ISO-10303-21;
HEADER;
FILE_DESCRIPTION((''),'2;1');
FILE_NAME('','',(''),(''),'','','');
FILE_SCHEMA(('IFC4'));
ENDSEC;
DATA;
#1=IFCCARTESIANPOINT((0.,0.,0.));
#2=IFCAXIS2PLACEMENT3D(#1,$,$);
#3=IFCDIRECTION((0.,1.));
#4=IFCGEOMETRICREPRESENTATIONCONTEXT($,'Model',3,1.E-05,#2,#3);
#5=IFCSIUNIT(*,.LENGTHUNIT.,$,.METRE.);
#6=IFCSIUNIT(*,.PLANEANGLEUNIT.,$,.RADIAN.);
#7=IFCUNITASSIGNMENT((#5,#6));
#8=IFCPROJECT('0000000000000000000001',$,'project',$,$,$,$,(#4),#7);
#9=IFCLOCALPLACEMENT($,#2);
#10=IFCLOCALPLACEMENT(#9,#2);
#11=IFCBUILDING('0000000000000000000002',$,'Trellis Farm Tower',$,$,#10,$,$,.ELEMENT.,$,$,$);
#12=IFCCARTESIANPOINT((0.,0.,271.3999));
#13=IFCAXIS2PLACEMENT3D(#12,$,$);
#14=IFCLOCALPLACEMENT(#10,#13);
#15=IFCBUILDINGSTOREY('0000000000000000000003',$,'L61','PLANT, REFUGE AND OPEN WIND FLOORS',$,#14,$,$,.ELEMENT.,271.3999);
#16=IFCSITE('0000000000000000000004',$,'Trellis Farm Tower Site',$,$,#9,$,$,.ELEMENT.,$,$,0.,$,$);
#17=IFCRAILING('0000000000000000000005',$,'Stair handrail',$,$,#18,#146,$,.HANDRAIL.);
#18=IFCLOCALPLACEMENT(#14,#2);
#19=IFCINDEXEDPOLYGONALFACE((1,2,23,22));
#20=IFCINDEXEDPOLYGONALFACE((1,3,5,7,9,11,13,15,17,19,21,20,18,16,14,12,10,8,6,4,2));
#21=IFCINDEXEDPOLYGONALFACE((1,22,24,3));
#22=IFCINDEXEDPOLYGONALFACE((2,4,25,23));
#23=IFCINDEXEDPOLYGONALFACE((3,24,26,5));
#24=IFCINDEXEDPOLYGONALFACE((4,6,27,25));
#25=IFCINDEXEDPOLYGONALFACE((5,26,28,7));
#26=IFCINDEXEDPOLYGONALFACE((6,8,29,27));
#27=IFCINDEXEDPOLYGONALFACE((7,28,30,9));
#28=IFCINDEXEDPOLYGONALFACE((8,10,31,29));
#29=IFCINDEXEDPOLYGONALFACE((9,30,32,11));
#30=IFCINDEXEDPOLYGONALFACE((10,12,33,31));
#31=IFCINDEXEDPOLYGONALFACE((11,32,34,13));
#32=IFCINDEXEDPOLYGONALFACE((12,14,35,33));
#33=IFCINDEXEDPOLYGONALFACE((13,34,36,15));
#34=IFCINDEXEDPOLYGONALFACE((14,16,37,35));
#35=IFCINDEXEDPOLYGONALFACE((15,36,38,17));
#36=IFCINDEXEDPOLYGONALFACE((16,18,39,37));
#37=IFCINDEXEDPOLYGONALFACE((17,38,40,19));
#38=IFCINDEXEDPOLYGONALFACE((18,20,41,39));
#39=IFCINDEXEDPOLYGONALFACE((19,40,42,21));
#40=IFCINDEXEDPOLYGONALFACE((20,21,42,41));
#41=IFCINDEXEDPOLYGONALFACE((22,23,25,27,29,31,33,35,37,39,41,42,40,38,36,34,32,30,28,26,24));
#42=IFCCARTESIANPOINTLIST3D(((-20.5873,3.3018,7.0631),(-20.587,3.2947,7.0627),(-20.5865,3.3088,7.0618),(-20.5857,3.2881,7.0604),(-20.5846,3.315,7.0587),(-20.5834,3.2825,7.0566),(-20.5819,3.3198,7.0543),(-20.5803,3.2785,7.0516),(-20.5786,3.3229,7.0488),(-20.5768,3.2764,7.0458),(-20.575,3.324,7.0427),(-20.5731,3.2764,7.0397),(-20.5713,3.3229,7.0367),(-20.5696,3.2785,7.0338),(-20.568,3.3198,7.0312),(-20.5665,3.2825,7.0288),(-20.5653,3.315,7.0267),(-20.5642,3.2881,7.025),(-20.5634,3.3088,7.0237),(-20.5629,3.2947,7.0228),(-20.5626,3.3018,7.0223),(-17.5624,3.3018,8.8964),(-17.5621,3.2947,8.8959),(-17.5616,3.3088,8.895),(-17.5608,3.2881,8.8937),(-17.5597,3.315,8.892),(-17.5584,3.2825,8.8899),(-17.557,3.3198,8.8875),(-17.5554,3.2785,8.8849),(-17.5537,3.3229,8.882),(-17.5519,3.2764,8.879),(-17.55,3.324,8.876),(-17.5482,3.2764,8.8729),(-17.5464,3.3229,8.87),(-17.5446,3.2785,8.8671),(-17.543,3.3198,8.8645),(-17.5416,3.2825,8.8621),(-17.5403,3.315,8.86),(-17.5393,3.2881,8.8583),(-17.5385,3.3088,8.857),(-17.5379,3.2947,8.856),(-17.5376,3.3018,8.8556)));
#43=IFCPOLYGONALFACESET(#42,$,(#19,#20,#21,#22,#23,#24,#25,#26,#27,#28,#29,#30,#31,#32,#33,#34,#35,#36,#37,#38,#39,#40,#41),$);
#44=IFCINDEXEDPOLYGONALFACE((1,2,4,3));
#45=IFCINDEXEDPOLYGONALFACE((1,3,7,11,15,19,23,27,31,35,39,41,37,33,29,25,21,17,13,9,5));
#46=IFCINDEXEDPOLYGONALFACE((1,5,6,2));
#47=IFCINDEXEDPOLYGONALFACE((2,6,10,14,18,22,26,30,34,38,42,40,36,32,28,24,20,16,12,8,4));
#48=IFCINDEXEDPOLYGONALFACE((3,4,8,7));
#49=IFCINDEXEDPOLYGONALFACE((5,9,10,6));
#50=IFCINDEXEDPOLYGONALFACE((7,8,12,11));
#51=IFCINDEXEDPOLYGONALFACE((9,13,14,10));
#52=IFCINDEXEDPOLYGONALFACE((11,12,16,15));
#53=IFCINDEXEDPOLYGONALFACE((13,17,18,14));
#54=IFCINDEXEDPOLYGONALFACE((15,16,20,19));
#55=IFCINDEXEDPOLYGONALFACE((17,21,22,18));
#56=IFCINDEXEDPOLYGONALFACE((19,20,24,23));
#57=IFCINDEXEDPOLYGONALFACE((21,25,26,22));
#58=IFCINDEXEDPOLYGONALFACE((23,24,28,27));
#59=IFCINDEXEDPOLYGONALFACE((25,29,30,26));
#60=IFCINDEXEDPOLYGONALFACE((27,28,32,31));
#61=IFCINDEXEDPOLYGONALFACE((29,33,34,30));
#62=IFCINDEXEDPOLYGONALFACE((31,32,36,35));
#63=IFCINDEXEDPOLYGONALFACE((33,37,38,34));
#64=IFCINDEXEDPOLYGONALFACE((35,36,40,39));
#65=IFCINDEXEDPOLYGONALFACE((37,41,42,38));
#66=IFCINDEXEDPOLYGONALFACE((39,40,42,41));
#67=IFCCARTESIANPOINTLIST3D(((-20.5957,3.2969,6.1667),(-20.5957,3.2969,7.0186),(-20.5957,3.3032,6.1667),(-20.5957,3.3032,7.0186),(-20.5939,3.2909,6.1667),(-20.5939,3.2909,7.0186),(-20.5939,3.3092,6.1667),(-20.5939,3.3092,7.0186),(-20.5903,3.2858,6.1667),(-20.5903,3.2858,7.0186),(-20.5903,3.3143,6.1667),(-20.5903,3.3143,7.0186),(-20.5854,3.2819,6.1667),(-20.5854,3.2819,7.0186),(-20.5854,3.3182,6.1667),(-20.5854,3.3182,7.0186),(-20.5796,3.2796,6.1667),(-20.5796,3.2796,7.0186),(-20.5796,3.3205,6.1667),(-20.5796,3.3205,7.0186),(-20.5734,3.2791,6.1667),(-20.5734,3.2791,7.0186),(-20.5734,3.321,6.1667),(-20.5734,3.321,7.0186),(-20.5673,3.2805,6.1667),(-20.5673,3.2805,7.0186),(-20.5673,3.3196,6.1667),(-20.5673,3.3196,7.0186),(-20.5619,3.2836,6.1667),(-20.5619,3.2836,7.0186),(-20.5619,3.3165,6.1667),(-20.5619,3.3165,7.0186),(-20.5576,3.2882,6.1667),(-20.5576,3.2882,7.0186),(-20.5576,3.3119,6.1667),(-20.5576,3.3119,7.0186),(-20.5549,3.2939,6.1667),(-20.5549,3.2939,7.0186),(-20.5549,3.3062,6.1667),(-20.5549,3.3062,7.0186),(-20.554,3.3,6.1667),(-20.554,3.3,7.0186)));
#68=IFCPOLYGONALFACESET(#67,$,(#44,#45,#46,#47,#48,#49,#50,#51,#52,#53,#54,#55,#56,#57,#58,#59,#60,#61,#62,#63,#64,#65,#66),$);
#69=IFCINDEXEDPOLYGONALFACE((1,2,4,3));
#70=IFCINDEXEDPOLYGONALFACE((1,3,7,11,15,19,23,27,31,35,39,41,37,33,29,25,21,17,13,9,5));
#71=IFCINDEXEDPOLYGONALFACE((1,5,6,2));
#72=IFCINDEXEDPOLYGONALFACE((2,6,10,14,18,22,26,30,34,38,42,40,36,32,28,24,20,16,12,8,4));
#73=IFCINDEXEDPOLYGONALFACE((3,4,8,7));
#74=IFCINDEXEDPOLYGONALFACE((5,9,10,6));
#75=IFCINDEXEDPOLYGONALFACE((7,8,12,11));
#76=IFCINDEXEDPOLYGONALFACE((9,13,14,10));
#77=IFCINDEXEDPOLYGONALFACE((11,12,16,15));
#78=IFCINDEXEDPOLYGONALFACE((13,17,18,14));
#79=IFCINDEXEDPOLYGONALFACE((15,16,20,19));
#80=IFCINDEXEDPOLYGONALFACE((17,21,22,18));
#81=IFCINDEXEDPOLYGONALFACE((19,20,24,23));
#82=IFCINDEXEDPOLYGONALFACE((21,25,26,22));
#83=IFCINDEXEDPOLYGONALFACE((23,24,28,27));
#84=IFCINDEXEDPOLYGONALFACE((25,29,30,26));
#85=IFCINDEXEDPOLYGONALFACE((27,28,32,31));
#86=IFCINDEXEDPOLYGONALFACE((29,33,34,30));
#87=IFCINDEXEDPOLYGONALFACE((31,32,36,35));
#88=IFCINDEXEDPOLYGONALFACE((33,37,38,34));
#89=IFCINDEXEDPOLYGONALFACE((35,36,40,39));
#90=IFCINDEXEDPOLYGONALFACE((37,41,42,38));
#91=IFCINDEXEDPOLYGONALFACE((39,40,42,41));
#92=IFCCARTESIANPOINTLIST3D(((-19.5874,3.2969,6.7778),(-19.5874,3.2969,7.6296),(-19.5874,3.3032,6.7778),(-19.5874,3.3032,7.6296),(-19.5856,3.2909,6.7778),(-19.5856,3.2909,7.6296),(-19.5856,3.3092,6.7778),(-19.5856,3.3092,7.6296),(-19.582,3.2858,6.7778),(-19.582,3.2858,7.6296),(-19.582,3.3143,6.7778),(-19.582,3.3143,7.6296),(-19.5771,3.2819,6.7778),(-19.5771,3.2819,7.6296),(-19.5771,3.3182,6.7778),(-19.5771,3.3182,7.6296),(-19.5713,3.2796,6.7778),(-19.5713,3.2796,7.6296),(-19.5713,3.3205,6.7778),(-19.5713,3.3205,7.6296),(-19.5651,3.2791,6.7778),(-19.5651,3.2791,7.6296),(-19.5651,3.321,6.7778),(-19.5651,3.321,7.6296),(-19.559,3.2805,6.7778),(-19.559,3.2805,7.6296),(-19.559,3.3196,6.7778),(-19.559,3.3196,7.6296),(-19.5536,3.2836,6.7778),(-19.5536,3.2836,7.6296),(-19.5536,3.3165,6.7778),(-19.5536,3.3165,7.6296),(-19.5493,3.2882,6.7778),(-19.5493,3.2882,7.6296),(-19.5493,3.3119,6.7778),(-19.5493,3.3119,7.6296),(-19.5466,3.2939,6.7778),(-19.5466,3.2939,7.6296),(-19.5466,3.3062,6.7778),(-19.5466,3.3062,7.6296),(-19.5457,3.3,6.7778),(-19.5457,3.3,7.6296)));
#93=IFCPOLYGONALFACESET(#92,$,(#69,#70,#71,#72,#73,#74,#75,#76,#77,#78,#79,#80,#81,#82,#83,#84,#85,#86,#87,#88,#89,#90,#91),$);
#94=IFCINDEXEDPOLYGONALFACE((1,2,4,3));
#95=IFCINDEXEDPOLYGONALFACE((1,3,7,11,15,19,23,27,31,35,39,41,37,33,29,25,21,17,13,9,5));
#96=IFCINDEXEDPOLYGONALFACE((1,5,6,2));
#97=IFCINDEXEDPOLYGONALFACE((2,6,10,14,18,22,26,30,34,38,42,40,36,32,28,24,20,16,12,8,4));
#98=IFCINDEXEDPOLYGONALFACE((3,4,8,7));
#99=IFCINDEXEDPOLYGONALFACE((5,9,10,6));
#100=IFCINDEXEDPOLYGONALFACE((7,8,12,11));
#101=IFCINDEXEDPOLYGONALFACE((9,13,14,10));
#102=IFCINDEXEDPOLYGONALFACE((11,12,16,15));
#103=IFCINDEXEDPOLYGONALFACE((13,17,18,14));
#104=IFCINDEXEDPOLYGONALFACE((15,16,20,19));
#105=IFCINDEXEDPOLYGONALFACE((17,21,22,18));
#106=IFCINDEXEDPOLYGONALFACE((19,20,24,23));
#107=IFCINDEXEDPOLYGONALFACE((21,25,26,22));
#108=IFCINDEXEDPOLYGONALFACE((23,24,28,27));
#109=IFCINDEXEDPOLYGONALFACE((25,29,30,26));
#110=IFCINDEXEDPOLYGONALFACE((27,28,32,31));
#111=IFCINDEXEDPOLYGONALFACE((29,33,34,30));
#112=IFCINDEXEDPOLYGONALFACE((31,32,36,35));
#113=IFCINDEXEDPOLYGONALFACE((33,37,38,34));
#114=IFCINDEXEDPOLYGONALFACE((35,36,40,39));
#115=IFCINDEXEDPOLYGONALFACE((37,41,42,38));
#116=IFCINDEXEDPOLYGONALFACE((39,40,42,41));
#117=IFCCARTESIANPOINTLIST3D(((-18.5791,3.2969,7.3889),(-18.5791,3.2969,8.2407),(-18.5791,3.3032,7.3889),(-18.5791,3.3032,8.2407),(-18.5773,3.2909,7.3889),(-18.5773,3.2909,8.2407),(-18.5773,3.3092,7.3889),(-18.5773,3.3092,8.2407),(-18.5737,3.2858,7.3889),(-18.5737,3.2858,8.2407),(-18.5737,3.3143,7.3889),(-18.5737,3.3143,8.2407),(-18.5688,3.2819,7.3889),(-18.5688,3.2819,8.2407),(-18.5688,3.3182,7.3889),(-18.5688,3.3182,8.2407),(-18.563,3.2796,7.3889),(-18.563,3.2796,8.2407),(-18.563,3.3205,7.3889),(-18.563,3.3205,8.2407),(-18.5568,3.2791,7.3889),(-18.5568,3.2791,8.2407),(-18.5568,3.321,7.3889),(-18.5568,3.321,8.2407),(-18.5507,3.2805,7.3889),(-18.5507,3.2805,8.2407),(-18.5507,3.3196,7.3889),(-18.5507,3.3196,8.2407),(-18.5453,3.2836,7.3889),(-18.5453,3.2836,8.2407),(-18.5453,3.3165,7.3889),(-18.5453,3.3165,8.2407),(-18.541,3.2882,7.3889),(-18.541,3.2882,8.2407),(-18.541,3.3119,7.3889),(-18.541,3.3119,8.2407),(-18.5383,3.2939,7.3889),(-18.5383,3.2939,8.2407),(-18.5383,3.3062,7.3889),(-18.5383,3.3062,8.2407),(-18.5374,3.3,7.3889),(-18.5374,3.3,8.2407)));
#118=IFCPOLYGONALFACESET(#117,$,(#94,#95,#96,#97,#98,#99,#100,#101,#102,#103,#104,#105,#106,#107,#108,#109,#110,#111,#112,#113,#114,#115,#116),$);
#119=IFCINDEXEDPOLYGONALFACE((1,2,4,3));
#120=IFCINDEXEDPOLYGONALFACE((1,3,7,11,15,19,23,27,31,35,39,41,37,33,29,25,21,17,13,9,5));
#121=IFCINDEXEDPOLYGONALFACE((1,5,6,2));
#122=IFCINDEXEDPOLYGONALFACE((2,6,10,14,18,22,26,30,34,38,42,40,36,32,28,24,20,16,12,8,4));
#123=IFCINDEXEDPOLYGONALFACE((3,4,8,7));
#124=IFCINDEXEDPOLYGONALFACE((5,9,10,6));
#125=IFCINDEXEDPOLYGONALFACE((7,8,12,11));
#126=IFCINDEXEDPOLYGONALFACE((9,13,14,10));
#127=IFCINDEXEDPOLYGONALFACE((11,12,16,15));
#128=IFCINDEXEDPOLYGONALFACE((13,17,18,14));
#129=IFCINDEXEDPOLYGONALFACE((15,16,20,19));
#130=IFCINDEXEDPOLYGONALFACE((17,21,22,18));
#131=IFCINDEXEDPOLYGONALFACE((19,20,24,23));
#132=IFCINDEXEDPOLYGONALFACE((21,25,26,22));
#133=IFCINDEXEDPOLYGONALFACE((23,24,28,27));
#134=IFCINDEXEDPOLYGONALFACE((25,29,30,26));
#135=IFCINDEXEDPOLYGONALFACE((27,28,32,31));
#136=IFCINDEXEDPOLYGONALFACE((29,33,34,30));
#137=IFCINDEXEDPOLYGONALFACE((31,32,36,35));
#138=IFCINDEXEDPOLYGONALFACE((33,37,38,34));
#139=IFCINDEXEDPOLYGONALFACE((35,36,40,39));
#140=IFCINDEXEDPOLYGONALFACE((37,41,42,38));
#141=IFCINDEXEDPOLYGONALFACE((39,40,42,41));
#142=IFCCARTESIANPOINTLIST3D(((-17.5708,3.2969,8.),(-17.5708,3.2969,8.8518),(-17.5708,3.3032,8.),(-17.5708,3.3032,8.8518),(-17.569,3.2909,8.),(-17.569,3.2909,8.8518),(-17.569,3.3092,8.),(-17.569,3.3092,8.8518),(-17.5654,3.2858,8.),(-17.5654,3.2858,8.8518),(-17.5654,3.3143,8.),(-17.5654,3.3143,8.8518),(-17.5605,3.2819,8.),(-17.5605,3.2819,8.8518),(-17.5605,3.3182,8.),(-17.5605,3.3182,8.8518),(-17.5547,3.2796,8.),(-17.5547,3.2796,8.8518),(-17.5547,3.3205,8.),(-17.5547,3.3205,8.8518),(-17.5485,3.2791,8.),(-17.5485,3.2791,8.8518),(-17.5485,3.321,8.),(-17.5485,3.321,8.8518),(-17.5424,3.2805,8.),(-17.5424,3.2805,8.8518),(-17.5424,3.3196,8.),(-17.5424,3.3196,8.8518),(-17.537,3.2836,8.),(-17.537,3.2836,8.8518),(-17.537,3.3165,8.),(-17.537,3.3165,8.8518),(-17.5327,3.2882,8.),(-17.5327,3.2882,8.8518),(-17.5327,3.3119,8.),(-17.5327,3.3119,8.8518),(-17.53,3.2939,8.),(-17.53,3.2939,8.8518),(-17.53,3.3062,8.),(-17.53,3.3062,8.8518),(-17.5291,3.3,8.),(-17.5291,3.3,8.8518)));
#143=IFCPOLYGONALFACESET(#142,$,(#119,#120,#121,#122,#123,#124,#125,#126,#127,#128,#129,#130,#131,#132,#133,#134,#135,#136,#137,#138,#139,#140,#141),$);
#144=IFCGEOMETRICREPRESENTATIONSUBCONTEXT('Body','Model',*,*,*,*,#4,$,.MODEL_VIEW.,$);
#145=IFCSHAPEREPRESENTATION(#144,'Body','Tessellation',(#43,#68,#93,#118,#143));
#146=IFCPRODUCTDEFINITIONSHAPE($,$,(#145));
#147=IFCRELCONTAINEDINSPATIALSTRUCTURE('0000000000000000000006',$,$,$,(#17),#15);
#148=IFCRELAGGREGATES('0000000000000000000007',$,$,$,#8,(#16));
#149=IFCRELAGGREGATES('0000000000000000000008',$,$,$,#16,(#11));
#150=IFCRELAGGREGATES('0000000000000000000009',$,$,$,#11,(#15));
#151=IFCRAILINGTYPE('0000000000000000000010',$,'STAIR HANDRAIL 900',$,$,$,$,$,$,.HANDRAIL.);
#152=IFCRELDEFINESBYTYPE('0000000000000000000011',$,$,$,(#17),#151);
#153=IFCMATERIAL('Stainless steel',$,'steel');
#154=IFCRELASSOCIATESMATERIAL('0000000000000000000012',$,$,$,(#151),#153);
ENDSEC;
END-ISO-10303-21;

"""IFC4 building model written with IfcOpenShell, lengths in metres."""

from ifc_helpers import new_model, si_unit, direction, frame, origin, origin_2d, place, context, subcontext, project, spatial, circle, extrude, source, transform, mapped, material, type_object, element, save


model = new_model("IFC4")

# Units and contexts
model_context = context("Model", 3, precision=1e-05, world=origin(), true_north=direction((0.0, 1.0)))
body_context = subcontext(model_context, "Body", "Model", "MODEL_VIEW")
ifc_project = project(units=[si_unit("LENGTHUNIT", "METRE"), si_unit("PLANEANGLEUNIT", "RADIAN")], contexts=[model_context])

# Site, building, storey
site_placement = place(None, origin())
site = spatial("IfcSite", under=ifc_project, at=site_placement, Name="Trellis Farm Tower Site", CompositionType="ELEMENT", RefElevation=0.0)
building_placement = place(site_placement, origin())
building = spatial("IfcBuilding", under=site, at=building_placement, Name="Trellis Farm Tower", CompositionType="ELEMENT")
storey_placement = place(building_placement, frame((0.0, 0.0, 271.3999)))
storey = spatial("IfcBuildingStorey", under=building, at=storey_placement, Name="L61", Description="PLANT, REFUGE AND OPEN WIND FLOORS", CompositionType="ELEMENT", Elevation=271.3999)

# Railing
ifc_material_1 = material(Name="Stainless steel", Category="steel")
railing_type_1 = type_object("IfcRailingType", Name="STAIR HANDRAIL 900", PredefinedType="HANDRAIL", material=ifc_material_1)
shared_shape_1 = source(origin(), body_context, "Body", "SweptSolid", [
    extrude(circle(Radius=0.0239, at=origin_2d()), frame((0.0, 0.0, 0.876), z_axis=(0.855201, 0.0, 0.518297), x_axis=(0.0, 1.0, 0.0)), (0.0, 0.0, 1.0), 3.5371),
    extrude(circle(Radius=0.021, at=origin_2d()), origin(), (0.0, 0.0, 1.0), 0.8518),
    extrude(circle(Radius=0.021, at=origin_2d()), frame((1.0083, 0.0, 0.6111)), (0.0, 0.0, 1.0), 0.8518),
    extrude(circle(Radius=0.021, at=origin_2d()), frame((2.0166, 0.0, 1.2222)), (0.0, 0.0, 1.0), 0.8518),
    extrude(circle(Radius=0.021, at=origin_2d()), frame((3.0249, 0.0, 1.8333)), (0.0, 0.0, 1.0), 0.8518),
])
for number, where, name in (
    (1, (-20.575, 3.3, 6.1667), "Stair handrail"),
):
    element("IfcRailing", number, at=place(storey_placement, frame(where)), inside=storey, type_object=railing_type_1, Name=name, PredefinedType="HANDRAIL", context=body_context, shape_type="MappedRepresentation", body=[
        mapped(shared_shape_1, transform((0.0, 0.0, 0.0))),
    ])

save(model, "model.ifc")
